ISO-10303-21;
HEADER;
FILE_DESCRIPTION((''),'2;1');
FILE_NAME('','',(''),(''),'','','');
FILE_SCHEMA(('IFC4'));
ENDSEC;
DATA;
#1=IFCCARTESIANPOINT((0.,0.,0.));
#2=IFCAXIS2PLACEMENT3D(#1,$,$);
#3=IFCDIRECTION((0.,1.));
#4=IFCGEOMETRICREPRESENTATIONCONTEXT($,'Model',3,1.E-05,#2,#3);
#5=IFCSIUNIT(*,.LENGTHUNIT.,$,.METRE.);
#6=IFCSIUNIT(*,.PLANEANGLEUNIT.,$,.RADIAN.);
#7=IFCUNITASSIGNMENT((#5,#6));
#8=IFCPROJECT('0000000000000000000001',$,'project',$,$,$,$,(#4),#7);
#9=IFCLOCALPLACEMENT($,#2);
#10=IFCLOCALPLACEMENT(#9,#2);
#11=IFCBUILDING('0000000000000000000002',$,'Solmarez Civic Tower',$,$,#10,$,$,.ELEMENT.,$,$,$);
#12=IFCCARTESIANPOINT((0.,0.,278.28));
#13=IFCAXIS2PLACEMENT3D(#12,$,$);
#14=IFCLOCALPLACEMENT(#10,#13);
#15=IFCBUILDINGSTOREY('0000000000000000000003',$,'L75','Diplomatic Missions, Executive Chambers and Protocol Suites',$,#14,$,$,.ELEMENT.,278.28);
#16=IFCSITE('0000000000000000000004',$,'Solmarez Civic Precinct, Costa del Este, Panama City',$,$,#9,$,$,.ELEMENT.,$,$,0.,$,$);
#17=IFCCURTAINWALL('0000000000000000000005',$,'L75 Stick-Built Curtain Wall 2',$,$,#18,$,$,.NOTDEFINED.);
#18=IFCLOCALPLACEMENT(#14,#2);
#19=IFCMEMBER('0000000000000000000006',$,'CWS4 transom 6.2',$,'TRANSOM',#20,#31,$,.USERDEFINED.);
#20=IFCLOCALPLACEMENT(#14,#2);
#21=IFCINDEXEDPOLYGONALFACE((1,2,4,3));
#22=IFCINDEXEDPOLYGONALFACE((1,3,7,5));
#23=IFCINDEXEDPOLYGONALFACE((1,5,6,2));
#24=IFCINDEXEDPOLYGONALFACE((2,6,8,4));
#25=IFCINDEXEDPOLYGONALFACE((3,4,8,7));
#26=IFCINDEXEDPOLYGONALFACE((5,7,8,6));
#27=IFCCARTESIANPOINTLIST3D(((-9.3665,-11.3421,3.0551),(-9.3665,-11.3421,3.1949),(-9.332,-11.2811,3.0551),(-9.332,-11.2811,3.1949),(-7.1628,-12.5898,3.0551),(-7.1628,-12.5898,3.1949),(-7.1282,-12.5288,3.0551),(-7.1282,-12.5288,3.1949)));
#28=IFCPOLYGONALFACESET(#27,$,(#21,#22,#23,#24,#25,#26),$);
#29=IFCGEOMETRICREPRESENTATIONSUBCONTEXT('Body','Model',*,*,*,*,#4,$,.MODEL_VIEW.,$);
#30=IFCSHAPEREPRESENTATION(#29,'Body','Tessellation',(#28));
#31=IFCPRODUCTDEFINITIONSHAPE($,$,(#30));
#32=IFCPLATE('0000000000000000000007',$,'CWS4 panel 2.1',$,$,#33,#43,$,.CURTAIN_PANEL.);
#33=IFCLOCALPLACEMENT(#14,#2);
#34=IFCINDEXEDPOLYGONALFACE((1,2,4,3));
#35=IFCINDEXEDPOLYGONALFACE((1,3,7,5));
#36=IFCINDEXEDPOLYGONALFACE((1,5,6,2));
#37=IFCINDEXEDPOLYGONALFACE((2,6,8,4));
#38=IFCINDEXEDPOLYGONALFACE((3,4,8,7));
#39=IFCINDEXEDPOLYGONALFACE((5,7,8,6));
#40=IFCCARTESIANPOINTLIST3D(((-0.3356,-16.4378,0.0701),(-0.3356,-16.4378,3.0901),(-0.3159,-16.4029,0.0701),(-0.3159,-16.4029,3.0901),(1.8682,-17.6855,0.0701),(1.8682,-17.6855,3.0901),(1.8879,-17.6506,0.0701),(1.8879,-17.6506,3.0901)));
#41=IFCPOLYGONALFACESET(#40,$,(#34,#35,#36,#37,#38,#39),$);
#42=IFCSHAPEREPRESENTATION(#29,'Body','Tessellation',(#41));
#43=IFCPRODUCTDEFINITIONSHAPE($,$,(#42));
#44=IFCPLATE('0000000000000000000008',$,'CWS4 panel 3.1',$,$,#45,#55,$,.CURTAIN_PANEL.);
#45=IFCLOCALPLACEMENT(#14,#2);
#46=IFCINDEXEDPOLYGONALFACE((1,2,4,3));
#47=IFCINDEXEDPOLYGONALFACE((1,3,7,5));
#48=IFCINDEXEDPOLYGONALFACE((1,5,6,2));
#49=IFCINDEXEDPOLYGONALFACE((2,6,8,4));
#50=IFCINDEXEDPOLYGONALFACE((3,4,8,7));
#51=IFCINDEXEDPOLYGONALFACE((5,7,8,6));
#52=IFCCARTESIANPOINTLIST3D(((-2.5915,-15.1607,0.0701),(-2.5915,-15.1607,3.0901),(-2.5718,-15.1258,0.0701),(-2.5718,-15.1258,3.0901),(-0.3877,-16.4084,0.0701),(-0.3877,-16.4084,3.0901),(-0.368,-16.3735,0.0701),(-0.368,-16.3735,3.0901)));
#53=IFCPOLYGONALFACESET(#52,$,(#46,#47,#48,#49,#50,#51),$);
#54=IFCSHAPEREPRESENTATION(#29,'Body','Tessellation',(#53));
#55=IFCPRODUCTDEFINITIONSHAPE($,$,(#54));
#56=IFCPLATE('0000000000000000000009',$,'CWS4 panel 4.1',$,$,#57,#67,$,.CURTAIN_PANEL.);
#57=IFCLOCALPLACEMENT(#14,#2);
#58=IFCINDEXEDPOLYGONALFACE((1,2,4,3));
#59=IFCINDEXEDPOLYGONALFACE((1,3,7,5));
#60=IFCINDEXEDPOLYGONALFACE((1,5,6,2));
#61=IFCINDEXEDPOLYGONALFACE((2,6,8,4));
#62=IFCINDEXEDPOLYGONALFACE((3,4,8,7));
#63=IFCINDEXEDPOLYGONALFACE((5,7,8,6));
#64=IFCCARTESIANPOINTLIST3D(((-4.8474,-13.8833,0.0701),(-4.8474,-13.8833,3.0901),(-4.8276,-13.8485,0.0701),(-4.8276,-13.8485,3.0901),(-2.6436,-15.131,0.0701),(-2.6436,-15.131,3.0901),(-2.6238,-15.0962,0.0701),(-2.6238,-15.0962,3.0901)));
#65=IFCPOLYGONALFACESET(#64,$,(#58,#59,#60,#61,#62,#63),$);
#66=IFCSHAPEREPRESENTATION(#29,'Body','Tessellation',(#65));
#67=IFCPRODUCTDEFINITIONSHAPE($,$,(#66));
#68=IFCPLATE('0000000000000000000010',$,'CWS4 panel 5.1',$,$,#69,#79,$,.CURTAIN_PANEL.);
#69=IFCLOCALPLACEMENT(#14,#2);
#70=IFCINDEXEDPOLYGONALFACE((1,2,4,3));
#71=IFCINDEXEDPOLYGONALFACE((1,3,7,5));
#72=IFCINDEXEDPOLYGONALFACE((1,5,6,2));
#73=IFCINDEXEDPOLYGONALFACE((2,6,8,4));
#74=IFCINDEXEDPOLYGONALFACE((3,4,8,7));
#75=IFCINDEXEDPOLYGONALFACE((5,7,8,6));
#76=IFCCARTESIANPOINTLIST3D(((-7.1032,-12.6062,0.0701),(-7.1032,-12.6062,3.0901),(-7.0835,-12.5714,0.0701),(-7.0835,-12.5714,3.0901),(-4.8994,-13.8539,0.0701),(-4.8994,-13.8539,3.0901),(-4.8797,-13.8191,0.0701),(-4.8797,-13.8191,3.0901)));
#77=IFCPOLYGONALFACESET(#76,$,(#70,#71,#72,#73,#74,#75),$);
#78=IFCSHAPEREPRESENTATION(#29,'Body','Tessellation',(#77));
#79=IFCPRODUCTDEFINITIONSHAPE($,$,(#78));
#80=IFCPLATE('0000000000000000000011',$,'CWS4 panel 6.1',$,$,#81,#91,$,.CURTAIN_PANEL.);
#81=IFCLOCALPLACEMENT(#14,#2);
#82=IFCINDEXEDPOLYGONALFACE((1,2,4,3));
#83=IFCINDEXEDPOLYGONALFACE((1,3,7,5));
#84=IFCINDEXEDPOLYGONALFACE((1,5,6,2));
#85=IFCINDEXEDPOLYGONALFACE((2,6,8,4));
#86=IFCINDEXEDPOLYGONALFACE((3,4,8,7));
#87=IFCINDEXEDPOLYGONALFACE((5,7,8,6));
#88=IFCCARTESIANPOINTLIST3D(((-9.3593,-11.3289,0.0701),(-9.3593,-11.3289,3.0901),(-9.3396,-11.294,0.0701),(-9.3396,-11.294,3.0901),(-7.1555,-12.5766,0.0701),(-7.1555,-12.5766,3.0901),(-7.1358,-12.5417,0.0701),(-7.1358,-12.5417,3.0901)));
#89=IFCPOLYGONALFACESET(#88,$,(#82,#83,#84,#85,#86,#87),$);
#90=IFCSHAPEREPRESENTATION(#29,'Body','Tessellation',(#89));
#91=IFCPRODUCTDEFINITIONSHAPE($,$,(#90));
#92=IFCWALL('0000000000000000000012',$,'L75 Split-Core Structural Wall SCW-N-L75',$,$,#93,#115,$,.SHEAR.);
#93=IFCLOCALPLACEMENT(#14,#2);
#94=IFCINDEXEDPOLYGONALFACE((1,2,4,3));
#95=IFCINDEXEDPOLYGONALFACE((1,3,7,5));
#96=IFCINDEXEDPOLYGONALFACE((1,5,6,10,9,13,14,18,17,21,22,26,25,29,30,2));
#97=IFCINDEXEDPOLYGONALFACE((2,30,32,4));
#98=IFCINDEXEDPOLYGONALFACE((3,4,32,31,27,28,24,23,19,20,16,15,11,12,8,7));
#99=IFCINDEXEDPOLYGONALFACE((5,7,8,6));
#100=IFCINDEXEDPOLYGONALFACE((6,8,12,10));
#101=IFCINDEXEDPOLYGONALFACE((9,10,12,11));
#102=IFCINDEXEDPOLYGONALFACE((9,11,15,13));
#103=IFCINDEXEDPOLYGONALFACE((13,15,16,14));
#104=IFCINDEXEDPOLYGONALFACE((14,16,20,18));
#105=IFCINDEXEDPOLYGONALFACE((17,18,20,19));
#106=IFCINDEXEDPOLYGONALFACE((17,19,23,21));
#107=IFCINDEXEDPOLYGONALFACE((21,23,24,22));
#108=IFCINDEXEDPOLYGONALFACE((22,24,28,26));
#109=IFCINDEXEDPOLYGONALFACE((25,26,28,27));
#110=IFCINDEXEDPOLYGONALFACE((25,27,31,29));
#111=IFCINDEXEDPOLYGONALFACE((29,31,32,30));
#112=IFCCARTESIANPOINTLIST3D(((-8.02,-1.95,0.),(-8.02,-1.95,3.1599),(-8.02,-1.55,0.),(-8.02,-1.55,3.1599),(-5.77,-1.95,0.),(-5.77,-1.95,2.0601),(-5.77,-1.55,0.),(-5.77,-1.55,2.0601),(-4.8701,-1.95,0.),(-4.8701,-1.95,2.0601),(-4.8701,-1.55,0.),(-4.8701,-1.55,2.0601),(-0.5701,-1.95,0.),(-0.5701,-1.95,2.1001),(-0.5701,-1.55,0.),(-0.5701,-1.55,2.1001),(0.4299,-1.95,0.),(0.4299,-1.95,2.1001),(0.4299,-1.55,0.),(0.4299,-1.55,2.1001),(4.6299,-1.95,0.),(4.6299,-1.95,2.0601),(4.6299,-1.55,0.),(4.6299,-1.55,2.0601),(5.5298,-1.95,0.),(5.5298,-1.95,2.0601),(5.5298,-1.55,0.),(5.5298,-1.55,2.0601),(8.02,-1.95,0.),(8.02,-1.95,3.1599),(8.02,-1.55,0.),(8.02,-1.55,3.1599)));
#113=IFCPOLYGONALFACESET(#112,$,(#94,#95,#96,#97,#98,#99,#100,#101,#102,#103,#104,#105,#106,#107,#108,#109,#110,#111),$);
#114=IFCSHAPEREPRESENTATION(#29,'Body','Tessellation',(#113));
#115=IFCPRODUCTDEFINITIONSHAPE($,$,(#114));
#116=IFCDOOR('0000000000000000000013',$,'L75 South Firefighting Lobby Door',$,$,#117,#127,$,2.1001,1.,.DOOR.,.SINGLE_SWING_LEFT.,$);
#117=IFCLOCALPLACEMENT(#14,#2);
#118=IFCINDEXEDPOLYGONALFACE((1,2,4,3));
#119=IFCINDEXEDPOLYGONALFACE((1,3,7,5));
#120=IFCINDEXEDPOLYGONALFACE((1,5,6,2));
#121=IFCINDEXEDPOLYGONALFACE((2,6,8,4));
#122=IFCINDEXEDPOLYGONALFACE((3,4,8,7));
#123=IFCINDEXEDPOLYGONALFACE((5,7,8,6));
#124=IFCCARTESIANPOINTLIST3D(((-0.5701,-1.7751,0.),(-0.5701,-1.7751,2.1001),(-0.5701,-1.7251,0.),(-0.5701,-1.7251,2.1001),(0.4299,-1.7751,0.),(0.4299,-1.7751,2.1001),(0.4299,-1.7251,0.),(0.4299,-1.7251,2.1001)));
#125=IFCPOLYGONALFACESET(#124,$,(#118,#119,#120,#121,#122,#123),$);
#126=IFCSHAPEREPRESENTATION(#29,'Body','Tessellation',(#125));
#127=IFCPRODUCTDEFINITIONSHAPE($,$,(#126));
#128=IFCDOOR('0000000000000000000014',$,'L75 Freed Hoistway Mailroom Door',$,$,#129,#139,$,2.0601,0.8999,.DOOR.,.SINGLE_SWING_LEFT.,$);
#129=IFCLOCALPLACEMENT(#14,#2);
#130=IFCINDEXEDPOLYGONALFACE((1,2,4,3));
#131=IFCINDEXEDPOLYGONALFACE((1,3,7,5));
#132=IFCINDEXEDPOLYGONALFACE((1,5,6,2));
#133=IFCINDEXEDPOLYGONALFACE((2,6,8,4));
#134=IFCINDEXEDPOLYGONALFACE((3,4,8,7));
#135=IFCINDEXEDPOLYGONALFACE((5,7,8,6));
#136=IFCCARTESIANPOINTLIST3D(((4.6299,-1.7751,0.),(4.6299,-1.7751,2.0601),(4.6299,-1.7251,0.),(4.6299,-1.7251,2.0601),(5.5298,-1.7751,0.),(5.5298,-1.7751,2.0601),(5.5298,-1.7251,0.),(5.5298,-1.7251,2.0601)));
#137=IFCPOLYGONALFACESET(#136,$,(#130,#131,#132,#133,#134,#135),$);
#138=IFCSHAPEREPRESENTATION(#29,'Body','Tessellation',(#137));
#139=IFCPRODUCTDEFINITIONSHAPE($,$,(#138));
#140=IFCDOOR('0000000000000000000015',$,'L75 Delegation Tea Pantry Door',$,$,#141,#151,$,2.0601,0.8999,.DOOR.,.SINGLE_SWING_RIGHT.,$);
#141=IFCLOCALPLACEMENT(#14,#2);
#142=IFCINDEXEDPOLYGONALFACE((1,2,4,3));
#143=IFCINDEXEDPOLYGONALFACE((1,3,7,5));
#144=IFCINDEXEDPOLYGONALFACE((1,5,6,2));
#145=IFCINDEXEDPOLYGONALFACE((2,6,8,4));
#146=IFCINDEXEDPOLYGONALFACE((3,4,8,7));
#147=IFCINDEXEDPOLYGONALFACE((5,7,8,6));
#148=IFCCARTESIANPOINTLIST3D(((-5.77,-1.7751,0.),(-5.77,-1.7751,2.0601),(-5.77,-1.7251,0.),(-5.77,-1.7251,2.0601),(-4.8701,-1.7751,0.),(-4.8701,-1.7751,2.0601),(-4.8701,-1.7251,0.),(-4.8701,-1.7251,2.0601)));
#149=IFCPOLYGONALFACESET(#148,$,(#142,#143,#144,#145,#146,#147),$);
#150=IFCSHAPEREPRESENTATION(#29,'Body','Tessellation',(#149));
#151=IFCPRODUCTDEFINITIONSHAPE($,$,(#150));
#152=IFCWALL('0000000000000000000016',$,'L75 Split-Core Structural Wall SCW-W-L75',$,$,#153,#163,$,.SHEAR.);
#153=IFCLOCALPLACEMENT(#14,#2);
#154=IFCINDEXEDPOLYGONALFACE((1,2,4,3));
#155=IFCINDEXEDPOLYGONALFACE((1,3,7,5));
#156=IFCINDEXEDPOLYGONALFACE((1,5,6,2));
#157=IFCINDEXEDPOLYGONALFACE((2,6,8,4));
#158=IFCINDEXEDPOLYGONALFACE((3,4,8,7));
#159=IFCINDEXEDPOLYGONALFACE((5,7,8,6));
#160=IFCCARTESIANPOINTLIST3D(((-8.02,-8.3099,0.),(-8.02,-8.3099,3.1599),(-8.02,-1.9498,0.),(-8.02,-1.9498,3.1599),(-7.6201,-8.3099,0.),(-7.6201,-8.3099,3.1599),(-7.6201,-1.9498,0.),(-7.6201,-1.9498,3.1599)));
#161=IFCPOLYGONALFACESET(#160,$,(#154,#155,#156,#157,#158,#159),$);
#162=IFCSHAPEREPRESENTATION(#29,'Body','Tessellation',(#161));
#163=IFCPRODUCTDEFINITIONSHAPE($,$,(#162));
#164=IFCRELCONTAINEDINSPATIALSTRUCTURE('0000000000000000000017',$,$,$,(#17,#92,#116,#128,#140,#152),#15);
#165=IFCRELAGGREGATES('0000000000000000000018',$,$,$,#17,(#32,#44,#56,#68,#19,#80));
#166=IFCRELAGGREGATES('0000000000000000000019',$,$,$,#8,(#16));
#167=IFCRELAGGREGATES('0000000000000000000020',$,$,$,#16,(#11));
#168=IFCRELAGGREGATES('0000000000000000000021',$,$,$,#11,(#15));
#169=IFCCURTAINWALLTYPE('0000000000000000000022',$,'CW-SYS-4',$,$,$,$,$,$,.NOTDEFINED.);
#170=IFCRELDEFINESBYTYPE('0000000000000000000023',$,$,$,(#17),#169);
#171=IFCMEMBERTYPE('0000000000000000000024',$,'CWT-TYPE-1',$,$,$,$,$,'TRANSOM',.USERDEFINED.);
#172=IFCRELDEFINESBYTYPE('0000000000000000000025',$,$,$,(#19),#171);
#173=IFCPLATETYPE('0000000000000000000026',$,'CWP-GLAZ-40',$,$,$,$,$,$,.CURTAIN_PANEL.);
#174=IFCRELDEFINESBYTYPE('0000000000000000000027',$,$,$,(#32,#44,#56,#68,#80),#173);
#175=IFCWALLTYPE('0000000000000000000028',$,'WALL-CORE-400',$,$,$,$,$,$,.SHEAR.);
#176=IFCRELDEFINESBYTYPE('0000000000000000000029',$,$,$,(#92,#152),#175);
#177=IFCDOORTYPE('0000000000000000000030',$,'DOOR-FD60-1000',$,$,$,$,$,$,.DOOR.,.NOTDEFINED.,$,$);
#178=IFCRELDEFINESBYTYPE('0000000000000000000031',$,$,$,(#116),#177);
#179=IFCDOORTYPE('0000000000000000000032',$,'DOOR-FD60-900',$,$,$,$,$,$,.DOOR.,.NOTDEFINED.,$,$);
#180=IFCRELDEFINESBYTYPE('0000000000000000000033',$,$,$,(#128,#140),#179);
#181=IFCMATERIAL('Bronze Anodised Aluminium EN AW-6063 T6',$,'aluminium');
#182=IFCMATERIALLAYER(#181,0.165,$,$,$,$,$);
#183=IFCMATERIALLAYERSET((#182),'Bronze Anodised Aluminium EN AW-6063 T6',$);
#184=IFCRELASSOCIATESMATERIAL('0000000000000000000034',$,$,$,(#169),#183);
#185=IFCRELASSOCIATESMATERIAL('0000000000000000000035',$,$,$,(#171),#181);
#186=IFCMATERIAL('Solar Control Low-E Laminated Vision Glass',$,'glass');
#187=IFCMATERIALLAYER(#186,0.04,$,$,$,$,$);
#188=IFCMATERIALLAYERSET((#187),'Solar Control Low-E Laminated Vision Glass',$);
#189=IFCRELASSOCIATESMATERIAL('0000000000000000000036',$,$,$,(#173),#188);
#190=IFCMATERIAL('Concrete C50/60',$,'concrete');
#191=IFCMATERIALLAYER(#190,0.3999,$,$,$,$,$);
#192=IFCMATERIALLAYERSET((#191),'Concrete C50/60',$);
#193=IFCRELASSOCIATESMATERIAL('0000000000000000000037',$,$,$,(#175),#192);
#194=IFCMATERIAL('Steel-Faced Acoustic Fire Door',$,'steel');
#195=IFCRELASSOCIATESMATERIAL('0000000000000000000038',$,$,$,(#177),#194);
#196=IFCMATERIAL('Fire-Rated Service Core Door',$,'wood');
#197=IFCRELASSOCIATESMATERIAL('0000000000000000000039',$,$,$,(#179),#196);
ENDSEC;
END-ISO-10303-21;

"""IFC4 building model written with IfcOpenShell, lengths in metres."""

from ifc_helpers import new_model, si_unit, direction, frame, frame_2d, origin, origin_2d, place, context, subcontext, project, spatial, rectangle, extrude, material, layer, layer_set, material_profile, profile_set, type_object, element, fill, aggregate, save


model = new_model("IFC4")

# Units and contexts
model_context = context("Model", 3, precision=1e-05, world=origin(), true_north=direction((0.0, 1.0)))
body_context = subcontext(model_context, "Body", "Model", "MODEL_VIEW")
ifc_project = project(units=[si_unit("LENGTHUNIT", "METRE"), si_unit("PLANEANGLEUNIT", "RADIAN")], contexts=[model_context])

# Site, building, storey
site_placement = place(None, origin())
site = spatial("IfcSite", under=ifc_project, at=site_placement, Name="Solmarez Civic Precinct, Costa del Este, Panama City", CompositionType="ELEMENT", RefElevation=0.0)
building_placement = place(site_placement, origin())
building = spatial("IfcBuilding", under=site, at=building_placement, Name="Solmarez Civic Tower", CompositionType="ELEMENT")
storey_placement = place(building_placement, frame((0.0, 0.0, 278.28)))
storey = spatial("IfcBuildingStorey", under=building, at=storey_placement, Name="L75", Description="Diplomatic Missions, Executive Chambers and Protocol Suites", CompositionType="ELEMENT", Elevation=278.28)

# Shared definitions
ifc_material_1 = material(Name="Concrete C50/60", Category="concrete")

# Curtain wall, member, plates
ifc_material_2 = material(Name="Bronze Anodised Aluminium EN AW-6063 T6", Category="aluminium")
ifc_layer_1 = layer(ifc_material_2, 0.165)
ifc_layer_set_1 = layer_set([ifc_layer_1], Name="Bronze Anodised Aluminium EN AW-6063 T6")
curtain_wall_type = type_object("IfcCurtainWallType", Name="CW-SYS-4", PredefinedType="NOTDEFINED", material=ifc_layer_set_1)
curtain_wall_placement = place(storey_placement, origin())
curtain_wall = element("IfcCurtainWall", 1, at=curtain_wall_placement, inside=storey, type_object=curtain_wall_type, Name="L75 Stick-Built Curtain Wall 2", PredefinedType="NOTDEFINED")
ifc_material_profile_1 = material_profile(ifc_material_2, rectangle(XDim=0.0701, YDim=0.1399, at=origin_2d()), Name="CWT-70X140")
ifc_profile_set_1 = profile_set([ifc_material_profile_1], Name="Bronze Anodised Aluminium EN AW-6063 T6")
member_type_1 = type_object("IfcMemberType", Name="CWT-TYPE-1", ElementType="TRANSOM", PredefinedType="USERDEFINED", material=ifc_profile_set_1)
member_1_placement = place(storey_placement, frame((-7.1455, -12.5593, 3.125), z_axis=(-0.8702, 0.492699, 0.0), x_axis=(-0.492699, -0.8702, 0.0)))
member_1 = element("IfcMember", 2, at=member_1_placement, type_object=member_type_1, Name="CWS4 transom 6.2", ObjectType="TRANSOM", PredefinedType="USERDEFINED", context=body_context, shape_type="SweptSolid", body=[
    extrude(rectangle(XDim=0.0701, YDim=0.1399, at=origin_2d()), origin(), (0.0, 0.0, 1.0), 2.5325),
])
ifc_material_3 = material(Name="Solar Control Low-E Laminated Vision Glass", Category="glass")
ifc_layer_2 = layer(ifc_material_3, 0.04)
ifc_layer_set_2 = layer_set([ifc_layer_2], Name="Solar Control Low-E Laminated Vision Glass")
plate_type = type_object("IfcPlateType", Name="CWP-GLAZ-40", PredefinedType="CURTAIN_PANEL", material=ifc_layer_set_2)
plate_1_placement = place(storey_placement, frame((0.7761, -17.0442, 0.0701), z_axis=(0.0, 0.0, 1.0), x_axis=(-0.870211, 0.492679, 0.0)))
plate_1 = element("IfcPlate", 3, at=plate_1_placement, type_object=plate_type, Name="CWS4 panel 2.1", PredefinedType="CURTAIN_PANEL", context=body_context, shape_type="SweptSolid", body=[
    extrude(rectangle(XDim=2.5325, YDim=0.04, at=origin_2d()), origin(), (0.0, 0.0, 1.0), 3.02),
])
plate_2_placement = place(storey_placement, frame((-1.4797, -15.7671, 0.0701), z_axis=(0.0, 0.0, 1.0), x_axis=(-0.870211, 0.492679, 0.0)))
plate_2 = element("IfcPlate", 4, at=plate_2_placement, type_object=plate_type, Name="CWS4 panel 3.1", PredefinedType="CURTAIN_PANEL", context=body_context, shape_type="SweptSolid", body=[
    extrude(rectangle(XDim=2.5325, YDim=0.04, at=origin_2d()), origin(), (0.0, 0.0, 1.0), 3.02),
])
plate_3_placement = place(storey_placement, frame((-3.7356, -14.4897, 0.0701), z_axis=(0.0, 0.0, 1.0), x_axis=(-0.870211, 0.492679, 0.0)))
plate_3 = element("IfcPlate", 5, at=plate_3_placement, type_object=plate_type, Name="CWS4 panel 4.1", PredefinedType="CURTAIN_PANEL", context=body_context, shape_type="SweptSolid", body=[
    extrude(rectangle(XDim=2.5325, YDim=0.04, at=origin_2d()), origin(), (0.0, 0.0, 1.0), 3.02),
])
plate_4_placement = place(storey_placement, frame((-5.9915, -13.2126, 0.0701), z_axis=(0.0, 0.0, 1.0), x_axis=(-0.870211, 0.492679, 0.0)))
plate_4 = element("IfcPlate", 6, at=plate_4_placement, type_object=plate_type, Name="CWS4 panel 5.1", PredefinedType="CURTAIN_PANEL", context=body_context, shape_type="SweptSolid", body=[
    extrude(rectangle(XDim=2.5325, YDim=0.04, at=origin_2d()), origin(), (0.0, 0.0, 1.0), 3.02),
])
plate_5_placement = place(storey_placement, frame((-8.2476, -11.9353, 0.0701), z_axis=(0.0, 0.0, 1.0), x_axis=(-0.870211, 0.492679, 0.0)))
plate_5 = element("IfcPlate", 7, at=plate_5_placement, type_object=plate_type, Name="CWS4 panel 6.1", PredefinedType="CURTAIN_PANEL", context=body_context, shape_type="SweptSolid", body=[
    extrude(rectangle(XDim=2.5325, YDim=0.04, at=origin_2d()), origin(), (0.0, 0.0, 1.0), 3.02),
])
aggregate(curtain_wall, [plate_1, plate_2, plate_3, plate_4, member_1, plate_5])

# Wall, openings, doors
ifc_layer_3 = layer(ifc_material_1, 0.3999)
ifc_layer_set_3 = layer_set([ifc_layer_3], Name="Concrete C50/60")
wall_type_1 = type_object("IfcWallType", Name="WALL-CORE-400", PredefinedType="SHEAR", material=ifc_layer_set_3)
wall_1_placement = place(storey_placement, frame((-8.02, -1.75, 0.0), z_axis=(0.0, 0.0, 1.0), x_axis=(1.0, 0.0, 0.0)))
wall_1 = element("IfcWall", 8, at=wall_1_placement, inside=storey, type_object=wall_type_1, Name="L75 Split-Core Structural Wall SCW-N-L75", PredefinedType="SHEAR", context=body_context, shape_type="SweptSolid", body=[
    extrude(rectangle(XDim=16.04, YDim=0.3999, at=frame_2d((8.02, 0.0))), origin(), (0.0, 0.0, 1.0), 3.1599),
])
opening_1_placement = place(wall_1_placement, frame((7.45, 0.0, 0.0)))
opening_1 = element("IfcOpeningElement", 9, at=opening_1_placement, cuts=wall_1, PredefinedType="OPENING", context=body_context, shape_type="SweptSolid", body=[
    extrude(rectangle(XDim=1.0, YDim=2.1001, at=frame_2d((0.5, 1.05))), frame((0.0, 0.21, 0.0), z_axis=(0.0, -1.0, 0.0), x_axis=(1.0, 0.0, 0.0)), (0.0, 0.0, 1.0), 0.4199),
])
opening_2_placement = place(wall_1_placement, frame((12.6499, 0.0, 0.0)))
opening_2 = element("IfcOpeningElement", 10, at=opening_2_placement, cuts=wall_1, PredefinedType="OPENING", context=body_context, shape_type="SweptSolid", body=[
    extrude(rectangle(XDim=0.8999, YDim=2.0601, at=frame_2d((0.45, 1.03))), frame((0.0, 0.21, 0.0), z_axis=(0.0, -1.0, 0.0), x_axis=(1.0, 0.0, 0.0)), (0.0, 0.0, 1.0), 0.4199),
])
opening_3_placement = place(wall_1_placement, frame((2.25, 0.0, 0.0)))
opening_3 = element("IfcOpeningElement", 11, at=opening_3_placement, cuts=wall_1, PredefinedType="OPENING", context=body_context, shape_type="SweptSolid", body=[
    extrude(rectangle(XDim=0.8999, YDim=2.0601, at=frame_2d((0.45, 1.03))), frame((0.0, 0.21, 0.0), z_axis=(0.0, -1.0, 0.0), x_axis=(1.0, 0.0, 0.0)), (0.0, 0.0, 1.0), 0.4199),
])
ifc_material_4 = material(Name="Steel-Faced Acoustic Fire Door", Category="steel")
door_type_1 = type_object("IfcDoorType", Name="DOOR-FD60-1000", OperationType="NOTDEFINED", PredefinedType="DOOR", material=ifc_material_4)
door_1_placement = place(opening_1_placement, origin())
door_1 = element("IfcDoor", 12, at=door_1_placement, inside=storey, type_object=door_type_1, Name="L75 South Firefighting Lobby Door", OperationType="SINGLE_SWING_LEFT", OverallHeight=2.1001, OverallWidth=1.0, PredefinedType="DOOR", context=body_context, shape_type="SweptSolid", body=[
    extrude(rectangle(XDim=1.0, YDim=2.1001, at=frame_2d((0.5, 1.05))), frame((0.0, 0.0249, 0.0), z_axis=(0.0, -1.0, 0.0), x_axis=(1.0, 0.0, 0.0)), (0.0, 0.0, 1.0), 0.05),
])
fill(opening_1, door_1)
ifc_material_5 = material(Name="Fire-Rated Service Core Door", Category="wood")
door_type_2 = type_object("IfcDoorType", Name="DOOR-FD60-900", OperationType="NOTDEFINED", PredefinedType="DOOR", material=ifc_material_5)
door_2_placement = place(opening_2_placement, origin())
door_2 = element("IfcDoor", 13, at=door_2_placement, inside=storey, type_object=door_type_2, Name="L75 Freed Hoistway Mailroom Door", OperationType="SINGLE_SWING_LEFT", OverallHeight=2.0601, OverallWidth=0.8999, PredefinedType="DOOR", context=body_context, shape_type="SweptSolid", body=[
    extrude(rectangle(XDim=0.8999, YDim=2.0601, at=frame_2d((0.45, 1.03))), frame((0.0, 0.0249, 0.0), z_axis=(0.0, -1.0, 0.0), x_axis=(1.0, 0.0, 0.0)), (0.0, 0.0, 1.0), 0.05),
])
fill(opening_2, door_2)
door_3_placement = place(opening_3_placement, origin())
door_3 = element("IfcDoor", 14, at=door_3_placement, inside=storey, type_object=door_type_2, Name="L75 Delegation Tea Pantry Door", OperationType="SINGLE_SWING_RIGHT", OverallHeight=2.0601, OverallWidth=0.8999, PredefinedType="DOOR", context=body_context, shape_type="SweptSolid", body=[
    extrude(rectangle(XDim=0.8999, YDim=2.0601, at=frame_2d((0.45, 1.03))), frame((0.0, 0.0249, 0.0), z_axis=(0.0, -1.0, 0.0), x_axis=(1.0, 0.0, 0.0)), (0.0, 0.0, 1.0), 0.05),
])
fill(opening_3, door_3)

# Wall
wall_2_placement = place(storey_placement, frame((-7.8201, -8.3101, 0.0), z_axis=(0.0, 0.0, 1.0), x_axis=(0.0, 1.0, 0.0)))
element("IfcWall", 15, at=wall_2_placement, inside=storey, type_object=wall_type_1, Name="L75 Split-Core Structural Wall SCW-W-L75", PredefinedType="SHEAR", context=body_context, shape_type="SweptSolid", body=[
    extrude(rectangle(XDim=6.3601, YDim=0.3999, at=frame_2d((3.1802, 0.0))), origin(), (0.0, 0.0, 1.0), 3.1599),
])

save(model, "model.ifc")
